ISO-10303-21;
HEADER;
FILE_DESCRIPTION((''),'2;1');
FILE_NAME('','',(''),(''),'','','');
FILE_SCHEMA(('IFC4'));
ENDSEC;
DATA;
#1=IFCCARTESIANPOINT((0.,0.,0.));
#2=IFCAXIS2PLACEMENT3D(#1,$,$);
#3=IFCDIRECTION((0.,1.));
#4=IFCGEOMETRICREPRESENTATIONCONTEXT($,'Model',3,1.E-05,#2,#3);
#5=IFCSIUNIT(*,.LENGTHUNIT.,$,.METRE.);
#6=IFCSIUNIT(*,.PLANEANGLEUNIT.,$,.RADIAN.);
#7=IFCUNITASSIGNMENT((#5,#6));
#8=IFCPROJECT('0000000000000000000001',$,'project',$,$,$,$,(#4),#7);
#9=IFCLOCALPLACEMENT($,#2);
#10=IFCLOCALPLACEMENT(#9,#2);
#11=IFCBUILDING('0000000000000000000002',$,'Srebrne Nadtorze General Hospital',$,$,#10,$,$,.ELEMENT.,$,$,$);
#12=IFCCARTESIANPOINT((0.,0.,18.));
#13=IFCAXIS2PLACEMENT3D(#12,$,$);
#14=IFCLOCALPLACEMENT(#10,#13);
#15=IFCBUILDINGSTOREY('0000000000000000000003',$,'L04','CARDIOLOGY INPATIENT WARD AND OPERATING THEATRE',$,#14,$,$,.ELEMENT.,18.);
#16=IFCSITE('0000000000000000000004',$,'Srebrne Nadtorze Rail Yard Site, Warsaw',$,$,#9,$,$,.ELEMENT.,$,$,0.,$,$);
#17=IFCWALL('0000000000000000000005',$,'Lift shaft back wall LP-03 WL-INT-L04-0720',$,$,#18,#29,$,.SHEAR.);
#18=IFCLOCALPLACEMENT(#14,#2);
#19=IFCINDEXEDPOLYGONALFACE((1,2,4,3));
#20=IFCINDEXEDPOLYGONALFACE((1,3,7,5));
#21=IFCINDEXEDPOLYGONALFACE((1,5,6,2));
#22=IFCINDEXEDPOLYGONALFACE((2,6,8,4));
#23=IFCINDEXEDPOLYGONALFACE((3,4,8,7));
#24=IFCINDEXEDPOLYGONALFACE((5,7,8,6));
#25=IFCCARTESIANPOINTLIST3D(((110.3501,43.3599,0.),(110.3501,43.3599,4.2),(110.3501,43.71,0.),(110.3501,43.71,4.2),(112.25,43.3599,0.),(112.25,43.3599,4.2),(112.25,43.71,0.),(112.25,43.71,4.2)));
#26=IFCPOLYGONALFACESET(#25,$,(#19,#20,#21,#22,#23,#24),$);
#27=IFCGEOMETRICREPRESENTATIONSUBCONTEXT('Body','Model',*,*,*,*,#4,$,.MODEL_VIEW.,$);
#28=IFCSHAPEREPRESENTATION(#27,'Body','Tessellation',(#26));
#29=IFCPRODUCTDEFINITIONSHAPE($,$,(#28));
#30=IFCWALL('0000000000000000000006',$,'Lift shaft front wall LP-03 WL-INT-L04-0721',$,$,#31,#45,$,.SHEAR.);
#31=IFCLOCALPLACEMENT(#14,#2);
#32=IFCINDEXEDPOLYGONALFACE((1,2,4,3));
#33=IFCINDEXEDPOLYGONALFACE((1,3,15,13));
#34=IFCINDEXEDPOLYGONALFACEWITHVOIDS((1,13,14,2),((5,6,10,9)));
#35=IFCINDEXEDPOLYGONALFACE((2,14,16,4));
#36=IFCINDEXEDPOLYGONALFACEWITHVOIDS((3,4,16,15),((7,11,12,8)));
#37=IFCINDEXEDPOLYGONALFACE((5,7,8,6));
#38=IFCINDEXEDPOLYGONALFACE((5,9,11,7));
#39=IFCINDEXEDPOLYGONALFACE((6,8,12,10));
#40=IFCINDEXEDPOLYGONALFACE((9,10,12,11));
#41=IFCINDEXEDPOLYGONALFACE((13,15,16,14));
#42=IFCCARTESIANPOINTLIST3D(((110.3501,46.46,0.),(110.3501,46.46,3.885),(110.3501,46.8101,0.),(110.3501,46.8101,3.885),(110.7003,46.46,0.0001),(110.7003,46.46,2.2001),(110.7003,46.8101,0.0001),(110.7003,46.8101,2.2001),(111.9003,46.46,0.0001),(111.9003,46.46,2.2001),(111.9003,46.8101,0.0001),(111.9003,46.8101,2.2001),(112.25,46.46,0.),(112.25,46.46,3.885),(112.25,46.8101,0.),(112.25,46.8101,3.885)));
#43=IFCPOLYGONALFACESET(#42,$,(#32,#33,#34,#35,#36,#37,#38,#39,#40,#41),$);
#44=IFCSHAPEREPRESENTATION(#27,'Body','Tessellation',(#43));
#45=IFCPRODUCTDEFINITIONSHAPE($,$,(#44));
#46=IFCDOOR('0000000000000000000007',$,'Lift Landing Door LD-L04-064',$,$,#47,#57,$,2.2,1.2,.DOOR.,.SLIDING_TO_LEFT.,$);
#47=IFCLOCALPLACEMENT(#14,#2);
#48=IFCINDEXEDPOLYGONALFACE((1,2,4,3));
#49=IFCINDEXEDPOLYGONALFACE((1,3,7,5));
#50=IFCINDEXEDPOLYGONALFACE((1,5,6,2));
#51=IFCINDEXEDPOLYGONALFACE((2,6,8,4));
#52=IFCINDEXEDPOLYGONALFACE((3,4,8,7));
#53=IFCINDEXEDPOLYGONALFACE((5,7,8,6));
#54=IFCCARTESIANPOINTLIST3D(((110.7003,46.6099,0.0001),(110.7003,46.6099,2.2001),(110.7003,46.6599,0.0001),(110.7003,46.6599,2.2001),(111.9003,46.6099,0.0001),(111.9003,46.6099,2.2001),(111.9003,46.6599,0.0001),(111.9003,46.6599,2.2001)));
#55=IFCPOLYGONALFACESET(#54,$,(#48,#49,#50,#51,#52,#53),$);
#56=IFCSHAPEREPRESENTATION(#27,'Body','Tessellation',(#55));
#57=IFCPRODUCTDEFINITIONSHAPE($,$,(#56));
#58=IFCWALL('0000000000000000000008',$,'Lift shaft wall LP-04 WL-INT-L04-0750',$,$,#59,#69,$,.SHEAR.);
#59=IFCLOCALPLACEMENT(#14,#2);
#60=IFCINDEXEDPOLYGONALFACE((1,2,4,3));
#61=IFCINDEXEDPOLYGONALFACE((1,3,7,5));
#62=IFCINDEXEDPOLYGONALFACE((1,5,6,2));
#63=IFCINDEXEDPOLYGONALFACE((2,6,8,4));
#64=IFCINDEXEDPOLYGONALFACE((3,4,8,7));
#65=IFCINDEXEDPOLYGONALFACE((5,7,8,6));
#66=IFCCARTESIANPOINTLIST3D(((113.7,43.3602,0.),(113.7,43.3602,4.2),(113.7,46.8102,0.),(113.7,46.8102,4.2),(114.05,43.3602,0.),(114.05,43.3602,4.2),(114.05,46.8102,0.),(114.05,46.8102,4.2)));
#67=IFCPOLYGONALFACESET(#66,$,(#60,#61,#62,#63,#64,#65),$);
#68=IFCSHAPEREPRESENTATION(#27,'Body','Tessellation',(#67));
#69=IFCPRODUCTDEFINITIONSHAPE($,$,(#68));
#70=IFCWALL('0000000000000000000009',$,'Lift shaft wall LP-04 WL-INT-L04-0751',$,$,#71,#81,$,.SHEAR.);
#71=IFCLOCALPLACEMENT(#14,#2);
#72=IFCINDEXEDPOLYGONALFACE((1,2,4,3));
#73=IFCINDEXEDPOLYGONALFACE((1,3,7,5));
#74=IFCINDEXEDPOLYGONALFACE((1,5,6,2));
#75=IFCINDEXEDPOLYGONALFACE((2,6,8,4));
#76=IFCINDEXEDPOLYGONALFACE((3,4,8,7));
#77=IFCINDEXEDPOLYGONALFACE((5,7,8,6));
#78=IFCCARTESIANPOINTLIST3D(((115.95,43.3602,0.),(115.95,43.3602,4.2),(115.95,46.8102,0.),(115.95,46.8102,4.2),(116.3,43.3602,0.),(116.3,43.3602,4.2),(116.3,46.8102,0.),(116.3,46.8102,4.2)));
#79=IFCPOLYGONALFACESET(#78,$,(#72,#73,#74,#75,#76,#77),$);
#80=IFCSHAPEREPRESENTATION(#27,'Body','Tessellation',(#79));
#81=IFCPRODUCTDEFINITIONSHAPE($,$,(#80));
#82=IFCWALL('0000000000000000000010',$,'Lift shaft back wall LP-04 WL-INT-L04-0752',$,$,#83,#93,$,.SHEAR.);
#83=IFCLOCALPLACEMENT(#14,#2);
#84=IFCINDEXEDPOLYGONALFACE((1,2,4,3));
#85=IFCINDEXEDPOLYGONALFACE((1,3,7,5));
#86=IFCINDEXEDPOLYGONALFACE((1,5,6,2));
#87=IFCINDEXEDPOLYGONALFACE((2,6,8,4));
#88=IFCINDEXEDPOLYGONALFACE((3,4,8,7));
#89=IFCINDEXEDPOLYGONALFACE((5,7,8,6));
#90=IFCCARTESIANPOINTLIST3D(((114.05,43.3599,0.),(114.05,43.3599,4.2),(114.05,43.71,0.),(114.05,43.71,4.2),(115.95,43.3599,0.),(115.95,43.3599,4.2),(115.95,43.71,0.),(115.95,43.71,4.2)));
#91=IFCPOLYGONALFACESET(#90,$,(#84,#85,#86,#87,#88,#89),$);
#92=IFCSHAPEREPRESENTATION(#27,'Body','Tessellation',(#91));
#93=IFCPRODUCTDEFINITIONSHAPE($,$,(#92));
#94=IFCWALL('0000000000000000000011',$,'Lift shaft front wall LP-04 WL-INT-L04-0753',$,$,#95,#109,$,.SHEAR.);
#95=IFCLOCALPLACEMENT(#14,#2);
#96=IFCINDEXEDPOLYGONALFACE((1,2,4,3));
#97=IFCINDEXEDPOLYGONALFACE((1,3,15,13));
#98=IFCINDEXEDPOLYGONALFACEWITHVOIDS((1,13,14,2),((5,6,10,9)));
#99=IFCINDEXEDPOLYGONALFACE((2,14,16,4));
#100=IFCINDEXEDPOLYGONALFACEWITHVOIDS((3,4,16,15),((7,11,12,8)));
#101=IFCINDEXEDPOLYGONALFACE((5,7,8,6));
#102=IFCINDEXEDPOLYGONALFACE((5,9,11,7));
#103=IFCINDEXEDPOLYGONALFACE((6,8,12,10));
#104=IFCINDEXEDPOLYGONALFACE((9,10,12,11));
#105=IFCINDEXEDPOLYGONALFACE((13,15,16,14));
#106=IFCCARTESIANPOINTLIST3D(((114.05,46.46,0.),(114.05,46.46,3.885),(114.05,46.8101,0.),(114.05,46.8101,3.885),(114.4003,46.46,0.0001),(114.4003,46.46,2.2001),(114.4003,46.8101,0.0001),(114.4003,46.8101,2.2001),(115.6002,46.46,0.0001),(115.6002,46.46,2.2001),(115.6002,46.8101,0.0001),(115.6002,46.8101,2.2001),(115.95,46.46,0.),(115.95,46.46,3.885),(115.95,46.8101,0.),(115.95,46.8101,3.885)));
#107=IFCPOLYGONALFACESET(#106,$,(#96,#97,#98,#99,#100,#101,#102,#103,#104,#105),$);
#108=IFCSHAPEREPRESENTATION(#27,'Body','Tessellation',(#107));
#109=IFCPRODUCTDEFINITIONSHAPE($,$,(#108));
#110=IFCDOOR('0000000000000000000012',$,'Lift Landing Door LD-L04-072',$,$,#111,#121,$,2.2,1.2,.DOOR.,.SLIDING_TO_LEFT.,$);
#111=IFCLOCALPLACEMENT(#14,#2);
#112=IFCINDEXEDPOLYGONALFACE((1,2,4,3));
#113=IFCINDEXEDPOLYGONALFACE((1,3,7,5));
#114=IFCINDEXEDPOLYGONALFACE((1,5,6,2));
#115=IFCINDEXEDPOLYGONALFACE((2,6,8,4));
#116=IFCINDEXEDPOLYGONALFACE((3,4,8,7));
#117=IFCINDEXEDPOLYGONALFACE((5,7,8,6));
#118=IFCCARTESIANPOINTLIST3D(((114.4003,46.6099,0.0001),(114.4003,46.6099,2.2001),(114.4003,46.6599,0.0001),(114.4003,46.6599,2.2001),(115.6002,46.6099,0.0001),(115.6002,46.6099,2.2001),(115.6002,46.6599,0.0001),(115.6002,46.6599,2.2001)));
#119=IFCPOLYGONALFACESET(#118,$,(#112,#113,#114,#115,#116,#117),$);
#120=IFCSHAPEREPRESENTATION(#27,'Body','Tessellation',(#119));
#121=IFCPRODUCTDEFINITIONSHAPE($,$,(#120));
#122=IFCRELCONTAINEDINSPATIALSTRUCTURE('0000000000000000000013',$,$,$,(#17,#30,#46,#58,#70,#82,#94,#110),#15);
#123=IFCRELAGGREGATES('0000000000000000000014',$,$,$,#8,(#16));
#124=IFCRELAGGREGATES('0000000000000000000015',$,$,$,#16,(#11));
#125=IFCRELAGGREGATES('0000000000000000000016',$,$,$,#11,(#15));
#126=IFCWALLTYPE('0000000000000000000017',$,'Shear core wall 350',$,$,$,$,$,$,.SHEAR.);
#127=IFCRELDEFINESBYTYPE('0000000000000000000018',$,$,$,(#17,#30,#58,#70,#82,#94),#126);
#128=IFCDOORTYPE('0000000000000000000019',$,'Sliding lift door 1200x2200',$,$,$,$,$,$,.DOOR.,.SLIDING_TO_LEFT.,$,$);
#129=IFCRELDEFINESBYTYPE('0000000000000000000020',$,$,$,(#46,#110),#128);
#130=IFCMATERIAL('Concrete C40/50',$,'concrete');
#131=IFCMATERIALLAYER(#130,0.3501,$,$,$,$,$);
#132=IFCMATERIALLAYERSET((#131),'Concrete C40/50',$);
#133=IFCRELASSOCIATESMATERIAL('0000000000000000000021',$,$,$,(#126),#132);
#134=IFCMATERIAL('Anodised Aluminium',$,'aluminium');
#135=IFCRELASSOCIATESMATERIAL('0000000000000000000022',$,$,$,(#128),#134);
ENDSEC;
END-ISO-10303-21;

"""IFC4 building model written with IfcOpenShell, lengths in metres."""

from ifc_helpers import new_model, si_unit, direction, frame, frame_2d, origin, place, context, subcontext, project, spatial, rectangle, extrude, material, layer, layer_set, type_object, element, fill, save


model = new_model("IFC4")

# Units and contexts
model_context = context("Model", 3, precision=1e-05, world=origin(), true_north=direction((0.0, 1.0)))
body_context = subcontext(model_context, "Body", "Model", "MODEL_VIEW")
ifc_project = project(units=[si_unit("LENGTHUNIT", "METRE"), si_unit("PLANEANGLEUNIT", "RADIAN")], contexts=[model_context])

# Site, building, storey
site_placement = place(None, origin())
site = spatial("IfcSite", under=ifc_project, at=site_placement, Name="Srebrne Nadtorze Rail Yard Site, Warsaw", CompositionType="ELEMENT", RefElevation=0.0)
building_placement = place(site_placement, origin())
building = spatial("IfcBuilding", under=site, at=building_placement, Name="Srebrne Nadtorze General Hospital", CompositionType="ELEMENT")
storey_placement = place(building_placement, frame((0.0, 0.0, 18.0)))
storey = spatial("IfcBuildingStorey", under=building, at=storey_placement, Name="L04", Description="CARDIOLOGY INPATIENT WARD AND OPERATING THEATRE", CompositionType="ELEMENT", Elevation=18.0)

# Wall
ifc_material_1 = material(Name="Concrete C40/50", Category="concrete")
ifc_layer_1 = layer(ifc_material_1, 0.3501)
ifc_layer_set_1 = layer_set([ifc_layer_1], Name="Concrete C40/50")
wall_type_1 = type_object("IfcWallType", Name="Shear core wall 350", PredefinedType="SHEAR", material=ifc_layer_set_1)
wall_1_placement = place(storey_placement, frame((110.3501, 43.5349, 0.0), z_axis=(0.0, 0.0, 1.0), x_axis=(1.0, 0.0, 0.0)))
element("IfcWall", 1, at=wall_1_placement, inside=storey, type_object=wall_type_1, Name="Lift shaft back wall LP-03 WL-INT-L04-0720", PredefinedType="SHEAR", context=body_context, shape_type="SweptSolid", body=[
    extrude(rectangle(XDim=1.8999, YDim=0.3501, at=frame_2d((0.95, 0.0))), origin(), (0.0, 0.0, 1.0), 4.2),
])

# Wall, opening, door
wall_2_placement = place(storey_placement, frame((110.3501, 46.635, 0.0), z_axis=(0.0, 0.0, 1.0), x_axis=(1.0, 0.0, 0.0)))
wall_2 = element("IfcWall", 2, at=wall_2_placement, inside=storey, type_object=wall_type_1, Name="Lift shaft front wall LP-03 WL-INT-L04-0721", PredefinedType="SHEAR", context=body_context, shape_type="SweptSolid", body=[
    extrude(rectangle(XDim=1.8999, YDim=0.3501, at=frame_2d((0.95, 0.0))), origin(), (0.0, 0.0, 1.0), 3.885),
])
opening_1_placement = place(wall_2_placement, frame((0.3501, 0.0, 0.0)))
opening_1 = element("IfcOpeningElement", 3, at=opening_1_placement, cuts=wall_2, PredefinedType="OPENING", context=body_context, shape_type="SweptSolid", body=[
    extrude(rectangle(XDim=1.2, YDim=2.2, at=frame_2d((0.6001, 1.1001))), frame((0.0, 0.187, 0.0), z_axis=(0.0, -1.0, 0.0), x_axis=(1.0, 0.0, 0.0)), (0.0, 0.0, 1.0), 0.374),
])
ifc_material_2 = material(Name="Anodised Aluminium", Category="aluminium")
door_type_1 = type_object("IfcDoorType", Name="Sliding lift door 1200x2200", OperationType="SLIDING_TO_LEFT", PredefinedType="DOOR", material=ifc_material_2)
door_1_placement = place(opening_1_placement, origin())
door_1 = element("IfcDoor", 4, at=door_1_placement, inside=storey, type_object=door_type_1, Name="Lift Landing Door LD-L04-064", OperationType="SLIDING_TO_LEFT", OverallHeight=2.2, OverallWidth=1.2, PredefinedType="DOOR", context=body_context, shape_type="SweptSolid", body=[
    extrude(rectangle(XDim=1.2, YDim=2.2, at=frame_2d((0.6001, 1.1001))), frame((0.0, 0.0249, 0.0), z_axis=(0.0, -1.0, 0.0), x_axis=(1.0, 0.0, 0.0)), (0.0, 0.0, 1.0), 0.05),
])
fill(opening_1, door_1)

# Walls
for number, where, z_axis, x_axis, name in (
    (5, (113.875, 43.3601, 0.0), (0.0, 0.0, 1.0), (0.0, 1.0, 0.0), "Lift shaft wall LP-04 WL-INT-L04-0750"),
    (6, (116.125, 43.3601, 0.0), (0.0, 0.0, 1.0), (0.0, 1.0, 0.0), "Lift shaft wall LP-04 WL-INT-L04-0751"),
):
    element("IfcWall", number, at=place(storey_placement, frame(where, z_axis=z_axis, x_axis=x_axis)), inside=storey, type_object=wall_type_1, Name=name, PredefinedType="SHEAR", context=body_context, shape_type="SweptSolid", body=[
        extrude(rectangle(XDim=3.45, YDim=0.3501, at=frame_2d((1.7251, 0.0))), origin(), (0.0, 0.0, 1.0), 4.2),
    ])
wall_3_placement = place(storey_placement, frame((114.05, 43.5349, 0.0), z_axis=(0.0, 0.0, 1.0), x_axis=(1.0, 0.0, 0.0)))
element("IfcWall", 7, at=wall_3_placement, inside=storey, type_object=wall_type_1, Name="Lift shaft back wall LP-04 WL-INT-L04-0752", PredefinedType="SHEAR", context=body_context, shape_type="SweptSolid", body=[
    extrude(rectangle(XDim=1.8999, YDim=0.3501, at=frame_2d((0.95, 0.0))), origin(), (0.0, 0.0, 1.0), 4.2),
])

# Wall, opening, door
wall_4_placement = place(storey_placement, frame((114.05, 46.635, 0.0), z_axis=(0.0, 0.0, 1.0), x_axis=(1.0, 0.0, 0.0)))
wall_4 = element("IfcWall", 8, at=wall_4_placement, inside=storey, type_object=wall_type_1, Name="Lift shaft front wall LP-04 WL-INT-L04-0753", PredefinedType="SHEAR", context=body_context, shape_type="SweptSolid", body=[
    extrude(rectangle(XDim=1.8999, YDim=0.3501, at=frame_2d((0.95, 0.0))), origin(), (0.0, 0.0, 1.0), 3.885),
])
opening_2_placement = place(wall_4_placement, frame((0.3501, 0.0, 0.0)))
opening_2 = element("IfcOpeningElement", 9, at=opening_2_placement, cuts=wall_4, PredefinedType="OPENING", context=body_context, shape_type="SweptSolid", body=[
    extrude(rectangle(XDim=1.2, YDim=2.2, at=frame_2d((0.6001, 1.1001))), frame((0.0, 0.187, 0.0), z_axis=(0.0, -1.0, 0.0), x_axis=(1.0, 0.0, 0.0)), (0.0, 0.0, 1.0), 0.374),
])
door_2_placement = place(opening_2_placement, origin())
door_2 = element("IfcDoor", 10, at=door_2_placement, inside=storey, type_object=door_type_1, Name="Lift Landing Door LD-L04-072", OperationType="SLIDING_TO_LEFT", OverallHeight=2.2, OverallWidth=1.2, PredefinedType="DOOR", context=body_context, shape_type="SweptSolid", body=[
    extrude(rectangle(XDim=1.2, YDim=2.2, at=frame_2d((0.6001, 1.1001))), frame((0.0, 0.0249, 0.0), z_axis=(0.0, -1.0, 0.0), x_axis=(1.0, 0.0, 0.0)), (0.0, 0.0, 1.0), 0.05),
])
fill(opening_2, door_2)

save(model, "model.ifc")
